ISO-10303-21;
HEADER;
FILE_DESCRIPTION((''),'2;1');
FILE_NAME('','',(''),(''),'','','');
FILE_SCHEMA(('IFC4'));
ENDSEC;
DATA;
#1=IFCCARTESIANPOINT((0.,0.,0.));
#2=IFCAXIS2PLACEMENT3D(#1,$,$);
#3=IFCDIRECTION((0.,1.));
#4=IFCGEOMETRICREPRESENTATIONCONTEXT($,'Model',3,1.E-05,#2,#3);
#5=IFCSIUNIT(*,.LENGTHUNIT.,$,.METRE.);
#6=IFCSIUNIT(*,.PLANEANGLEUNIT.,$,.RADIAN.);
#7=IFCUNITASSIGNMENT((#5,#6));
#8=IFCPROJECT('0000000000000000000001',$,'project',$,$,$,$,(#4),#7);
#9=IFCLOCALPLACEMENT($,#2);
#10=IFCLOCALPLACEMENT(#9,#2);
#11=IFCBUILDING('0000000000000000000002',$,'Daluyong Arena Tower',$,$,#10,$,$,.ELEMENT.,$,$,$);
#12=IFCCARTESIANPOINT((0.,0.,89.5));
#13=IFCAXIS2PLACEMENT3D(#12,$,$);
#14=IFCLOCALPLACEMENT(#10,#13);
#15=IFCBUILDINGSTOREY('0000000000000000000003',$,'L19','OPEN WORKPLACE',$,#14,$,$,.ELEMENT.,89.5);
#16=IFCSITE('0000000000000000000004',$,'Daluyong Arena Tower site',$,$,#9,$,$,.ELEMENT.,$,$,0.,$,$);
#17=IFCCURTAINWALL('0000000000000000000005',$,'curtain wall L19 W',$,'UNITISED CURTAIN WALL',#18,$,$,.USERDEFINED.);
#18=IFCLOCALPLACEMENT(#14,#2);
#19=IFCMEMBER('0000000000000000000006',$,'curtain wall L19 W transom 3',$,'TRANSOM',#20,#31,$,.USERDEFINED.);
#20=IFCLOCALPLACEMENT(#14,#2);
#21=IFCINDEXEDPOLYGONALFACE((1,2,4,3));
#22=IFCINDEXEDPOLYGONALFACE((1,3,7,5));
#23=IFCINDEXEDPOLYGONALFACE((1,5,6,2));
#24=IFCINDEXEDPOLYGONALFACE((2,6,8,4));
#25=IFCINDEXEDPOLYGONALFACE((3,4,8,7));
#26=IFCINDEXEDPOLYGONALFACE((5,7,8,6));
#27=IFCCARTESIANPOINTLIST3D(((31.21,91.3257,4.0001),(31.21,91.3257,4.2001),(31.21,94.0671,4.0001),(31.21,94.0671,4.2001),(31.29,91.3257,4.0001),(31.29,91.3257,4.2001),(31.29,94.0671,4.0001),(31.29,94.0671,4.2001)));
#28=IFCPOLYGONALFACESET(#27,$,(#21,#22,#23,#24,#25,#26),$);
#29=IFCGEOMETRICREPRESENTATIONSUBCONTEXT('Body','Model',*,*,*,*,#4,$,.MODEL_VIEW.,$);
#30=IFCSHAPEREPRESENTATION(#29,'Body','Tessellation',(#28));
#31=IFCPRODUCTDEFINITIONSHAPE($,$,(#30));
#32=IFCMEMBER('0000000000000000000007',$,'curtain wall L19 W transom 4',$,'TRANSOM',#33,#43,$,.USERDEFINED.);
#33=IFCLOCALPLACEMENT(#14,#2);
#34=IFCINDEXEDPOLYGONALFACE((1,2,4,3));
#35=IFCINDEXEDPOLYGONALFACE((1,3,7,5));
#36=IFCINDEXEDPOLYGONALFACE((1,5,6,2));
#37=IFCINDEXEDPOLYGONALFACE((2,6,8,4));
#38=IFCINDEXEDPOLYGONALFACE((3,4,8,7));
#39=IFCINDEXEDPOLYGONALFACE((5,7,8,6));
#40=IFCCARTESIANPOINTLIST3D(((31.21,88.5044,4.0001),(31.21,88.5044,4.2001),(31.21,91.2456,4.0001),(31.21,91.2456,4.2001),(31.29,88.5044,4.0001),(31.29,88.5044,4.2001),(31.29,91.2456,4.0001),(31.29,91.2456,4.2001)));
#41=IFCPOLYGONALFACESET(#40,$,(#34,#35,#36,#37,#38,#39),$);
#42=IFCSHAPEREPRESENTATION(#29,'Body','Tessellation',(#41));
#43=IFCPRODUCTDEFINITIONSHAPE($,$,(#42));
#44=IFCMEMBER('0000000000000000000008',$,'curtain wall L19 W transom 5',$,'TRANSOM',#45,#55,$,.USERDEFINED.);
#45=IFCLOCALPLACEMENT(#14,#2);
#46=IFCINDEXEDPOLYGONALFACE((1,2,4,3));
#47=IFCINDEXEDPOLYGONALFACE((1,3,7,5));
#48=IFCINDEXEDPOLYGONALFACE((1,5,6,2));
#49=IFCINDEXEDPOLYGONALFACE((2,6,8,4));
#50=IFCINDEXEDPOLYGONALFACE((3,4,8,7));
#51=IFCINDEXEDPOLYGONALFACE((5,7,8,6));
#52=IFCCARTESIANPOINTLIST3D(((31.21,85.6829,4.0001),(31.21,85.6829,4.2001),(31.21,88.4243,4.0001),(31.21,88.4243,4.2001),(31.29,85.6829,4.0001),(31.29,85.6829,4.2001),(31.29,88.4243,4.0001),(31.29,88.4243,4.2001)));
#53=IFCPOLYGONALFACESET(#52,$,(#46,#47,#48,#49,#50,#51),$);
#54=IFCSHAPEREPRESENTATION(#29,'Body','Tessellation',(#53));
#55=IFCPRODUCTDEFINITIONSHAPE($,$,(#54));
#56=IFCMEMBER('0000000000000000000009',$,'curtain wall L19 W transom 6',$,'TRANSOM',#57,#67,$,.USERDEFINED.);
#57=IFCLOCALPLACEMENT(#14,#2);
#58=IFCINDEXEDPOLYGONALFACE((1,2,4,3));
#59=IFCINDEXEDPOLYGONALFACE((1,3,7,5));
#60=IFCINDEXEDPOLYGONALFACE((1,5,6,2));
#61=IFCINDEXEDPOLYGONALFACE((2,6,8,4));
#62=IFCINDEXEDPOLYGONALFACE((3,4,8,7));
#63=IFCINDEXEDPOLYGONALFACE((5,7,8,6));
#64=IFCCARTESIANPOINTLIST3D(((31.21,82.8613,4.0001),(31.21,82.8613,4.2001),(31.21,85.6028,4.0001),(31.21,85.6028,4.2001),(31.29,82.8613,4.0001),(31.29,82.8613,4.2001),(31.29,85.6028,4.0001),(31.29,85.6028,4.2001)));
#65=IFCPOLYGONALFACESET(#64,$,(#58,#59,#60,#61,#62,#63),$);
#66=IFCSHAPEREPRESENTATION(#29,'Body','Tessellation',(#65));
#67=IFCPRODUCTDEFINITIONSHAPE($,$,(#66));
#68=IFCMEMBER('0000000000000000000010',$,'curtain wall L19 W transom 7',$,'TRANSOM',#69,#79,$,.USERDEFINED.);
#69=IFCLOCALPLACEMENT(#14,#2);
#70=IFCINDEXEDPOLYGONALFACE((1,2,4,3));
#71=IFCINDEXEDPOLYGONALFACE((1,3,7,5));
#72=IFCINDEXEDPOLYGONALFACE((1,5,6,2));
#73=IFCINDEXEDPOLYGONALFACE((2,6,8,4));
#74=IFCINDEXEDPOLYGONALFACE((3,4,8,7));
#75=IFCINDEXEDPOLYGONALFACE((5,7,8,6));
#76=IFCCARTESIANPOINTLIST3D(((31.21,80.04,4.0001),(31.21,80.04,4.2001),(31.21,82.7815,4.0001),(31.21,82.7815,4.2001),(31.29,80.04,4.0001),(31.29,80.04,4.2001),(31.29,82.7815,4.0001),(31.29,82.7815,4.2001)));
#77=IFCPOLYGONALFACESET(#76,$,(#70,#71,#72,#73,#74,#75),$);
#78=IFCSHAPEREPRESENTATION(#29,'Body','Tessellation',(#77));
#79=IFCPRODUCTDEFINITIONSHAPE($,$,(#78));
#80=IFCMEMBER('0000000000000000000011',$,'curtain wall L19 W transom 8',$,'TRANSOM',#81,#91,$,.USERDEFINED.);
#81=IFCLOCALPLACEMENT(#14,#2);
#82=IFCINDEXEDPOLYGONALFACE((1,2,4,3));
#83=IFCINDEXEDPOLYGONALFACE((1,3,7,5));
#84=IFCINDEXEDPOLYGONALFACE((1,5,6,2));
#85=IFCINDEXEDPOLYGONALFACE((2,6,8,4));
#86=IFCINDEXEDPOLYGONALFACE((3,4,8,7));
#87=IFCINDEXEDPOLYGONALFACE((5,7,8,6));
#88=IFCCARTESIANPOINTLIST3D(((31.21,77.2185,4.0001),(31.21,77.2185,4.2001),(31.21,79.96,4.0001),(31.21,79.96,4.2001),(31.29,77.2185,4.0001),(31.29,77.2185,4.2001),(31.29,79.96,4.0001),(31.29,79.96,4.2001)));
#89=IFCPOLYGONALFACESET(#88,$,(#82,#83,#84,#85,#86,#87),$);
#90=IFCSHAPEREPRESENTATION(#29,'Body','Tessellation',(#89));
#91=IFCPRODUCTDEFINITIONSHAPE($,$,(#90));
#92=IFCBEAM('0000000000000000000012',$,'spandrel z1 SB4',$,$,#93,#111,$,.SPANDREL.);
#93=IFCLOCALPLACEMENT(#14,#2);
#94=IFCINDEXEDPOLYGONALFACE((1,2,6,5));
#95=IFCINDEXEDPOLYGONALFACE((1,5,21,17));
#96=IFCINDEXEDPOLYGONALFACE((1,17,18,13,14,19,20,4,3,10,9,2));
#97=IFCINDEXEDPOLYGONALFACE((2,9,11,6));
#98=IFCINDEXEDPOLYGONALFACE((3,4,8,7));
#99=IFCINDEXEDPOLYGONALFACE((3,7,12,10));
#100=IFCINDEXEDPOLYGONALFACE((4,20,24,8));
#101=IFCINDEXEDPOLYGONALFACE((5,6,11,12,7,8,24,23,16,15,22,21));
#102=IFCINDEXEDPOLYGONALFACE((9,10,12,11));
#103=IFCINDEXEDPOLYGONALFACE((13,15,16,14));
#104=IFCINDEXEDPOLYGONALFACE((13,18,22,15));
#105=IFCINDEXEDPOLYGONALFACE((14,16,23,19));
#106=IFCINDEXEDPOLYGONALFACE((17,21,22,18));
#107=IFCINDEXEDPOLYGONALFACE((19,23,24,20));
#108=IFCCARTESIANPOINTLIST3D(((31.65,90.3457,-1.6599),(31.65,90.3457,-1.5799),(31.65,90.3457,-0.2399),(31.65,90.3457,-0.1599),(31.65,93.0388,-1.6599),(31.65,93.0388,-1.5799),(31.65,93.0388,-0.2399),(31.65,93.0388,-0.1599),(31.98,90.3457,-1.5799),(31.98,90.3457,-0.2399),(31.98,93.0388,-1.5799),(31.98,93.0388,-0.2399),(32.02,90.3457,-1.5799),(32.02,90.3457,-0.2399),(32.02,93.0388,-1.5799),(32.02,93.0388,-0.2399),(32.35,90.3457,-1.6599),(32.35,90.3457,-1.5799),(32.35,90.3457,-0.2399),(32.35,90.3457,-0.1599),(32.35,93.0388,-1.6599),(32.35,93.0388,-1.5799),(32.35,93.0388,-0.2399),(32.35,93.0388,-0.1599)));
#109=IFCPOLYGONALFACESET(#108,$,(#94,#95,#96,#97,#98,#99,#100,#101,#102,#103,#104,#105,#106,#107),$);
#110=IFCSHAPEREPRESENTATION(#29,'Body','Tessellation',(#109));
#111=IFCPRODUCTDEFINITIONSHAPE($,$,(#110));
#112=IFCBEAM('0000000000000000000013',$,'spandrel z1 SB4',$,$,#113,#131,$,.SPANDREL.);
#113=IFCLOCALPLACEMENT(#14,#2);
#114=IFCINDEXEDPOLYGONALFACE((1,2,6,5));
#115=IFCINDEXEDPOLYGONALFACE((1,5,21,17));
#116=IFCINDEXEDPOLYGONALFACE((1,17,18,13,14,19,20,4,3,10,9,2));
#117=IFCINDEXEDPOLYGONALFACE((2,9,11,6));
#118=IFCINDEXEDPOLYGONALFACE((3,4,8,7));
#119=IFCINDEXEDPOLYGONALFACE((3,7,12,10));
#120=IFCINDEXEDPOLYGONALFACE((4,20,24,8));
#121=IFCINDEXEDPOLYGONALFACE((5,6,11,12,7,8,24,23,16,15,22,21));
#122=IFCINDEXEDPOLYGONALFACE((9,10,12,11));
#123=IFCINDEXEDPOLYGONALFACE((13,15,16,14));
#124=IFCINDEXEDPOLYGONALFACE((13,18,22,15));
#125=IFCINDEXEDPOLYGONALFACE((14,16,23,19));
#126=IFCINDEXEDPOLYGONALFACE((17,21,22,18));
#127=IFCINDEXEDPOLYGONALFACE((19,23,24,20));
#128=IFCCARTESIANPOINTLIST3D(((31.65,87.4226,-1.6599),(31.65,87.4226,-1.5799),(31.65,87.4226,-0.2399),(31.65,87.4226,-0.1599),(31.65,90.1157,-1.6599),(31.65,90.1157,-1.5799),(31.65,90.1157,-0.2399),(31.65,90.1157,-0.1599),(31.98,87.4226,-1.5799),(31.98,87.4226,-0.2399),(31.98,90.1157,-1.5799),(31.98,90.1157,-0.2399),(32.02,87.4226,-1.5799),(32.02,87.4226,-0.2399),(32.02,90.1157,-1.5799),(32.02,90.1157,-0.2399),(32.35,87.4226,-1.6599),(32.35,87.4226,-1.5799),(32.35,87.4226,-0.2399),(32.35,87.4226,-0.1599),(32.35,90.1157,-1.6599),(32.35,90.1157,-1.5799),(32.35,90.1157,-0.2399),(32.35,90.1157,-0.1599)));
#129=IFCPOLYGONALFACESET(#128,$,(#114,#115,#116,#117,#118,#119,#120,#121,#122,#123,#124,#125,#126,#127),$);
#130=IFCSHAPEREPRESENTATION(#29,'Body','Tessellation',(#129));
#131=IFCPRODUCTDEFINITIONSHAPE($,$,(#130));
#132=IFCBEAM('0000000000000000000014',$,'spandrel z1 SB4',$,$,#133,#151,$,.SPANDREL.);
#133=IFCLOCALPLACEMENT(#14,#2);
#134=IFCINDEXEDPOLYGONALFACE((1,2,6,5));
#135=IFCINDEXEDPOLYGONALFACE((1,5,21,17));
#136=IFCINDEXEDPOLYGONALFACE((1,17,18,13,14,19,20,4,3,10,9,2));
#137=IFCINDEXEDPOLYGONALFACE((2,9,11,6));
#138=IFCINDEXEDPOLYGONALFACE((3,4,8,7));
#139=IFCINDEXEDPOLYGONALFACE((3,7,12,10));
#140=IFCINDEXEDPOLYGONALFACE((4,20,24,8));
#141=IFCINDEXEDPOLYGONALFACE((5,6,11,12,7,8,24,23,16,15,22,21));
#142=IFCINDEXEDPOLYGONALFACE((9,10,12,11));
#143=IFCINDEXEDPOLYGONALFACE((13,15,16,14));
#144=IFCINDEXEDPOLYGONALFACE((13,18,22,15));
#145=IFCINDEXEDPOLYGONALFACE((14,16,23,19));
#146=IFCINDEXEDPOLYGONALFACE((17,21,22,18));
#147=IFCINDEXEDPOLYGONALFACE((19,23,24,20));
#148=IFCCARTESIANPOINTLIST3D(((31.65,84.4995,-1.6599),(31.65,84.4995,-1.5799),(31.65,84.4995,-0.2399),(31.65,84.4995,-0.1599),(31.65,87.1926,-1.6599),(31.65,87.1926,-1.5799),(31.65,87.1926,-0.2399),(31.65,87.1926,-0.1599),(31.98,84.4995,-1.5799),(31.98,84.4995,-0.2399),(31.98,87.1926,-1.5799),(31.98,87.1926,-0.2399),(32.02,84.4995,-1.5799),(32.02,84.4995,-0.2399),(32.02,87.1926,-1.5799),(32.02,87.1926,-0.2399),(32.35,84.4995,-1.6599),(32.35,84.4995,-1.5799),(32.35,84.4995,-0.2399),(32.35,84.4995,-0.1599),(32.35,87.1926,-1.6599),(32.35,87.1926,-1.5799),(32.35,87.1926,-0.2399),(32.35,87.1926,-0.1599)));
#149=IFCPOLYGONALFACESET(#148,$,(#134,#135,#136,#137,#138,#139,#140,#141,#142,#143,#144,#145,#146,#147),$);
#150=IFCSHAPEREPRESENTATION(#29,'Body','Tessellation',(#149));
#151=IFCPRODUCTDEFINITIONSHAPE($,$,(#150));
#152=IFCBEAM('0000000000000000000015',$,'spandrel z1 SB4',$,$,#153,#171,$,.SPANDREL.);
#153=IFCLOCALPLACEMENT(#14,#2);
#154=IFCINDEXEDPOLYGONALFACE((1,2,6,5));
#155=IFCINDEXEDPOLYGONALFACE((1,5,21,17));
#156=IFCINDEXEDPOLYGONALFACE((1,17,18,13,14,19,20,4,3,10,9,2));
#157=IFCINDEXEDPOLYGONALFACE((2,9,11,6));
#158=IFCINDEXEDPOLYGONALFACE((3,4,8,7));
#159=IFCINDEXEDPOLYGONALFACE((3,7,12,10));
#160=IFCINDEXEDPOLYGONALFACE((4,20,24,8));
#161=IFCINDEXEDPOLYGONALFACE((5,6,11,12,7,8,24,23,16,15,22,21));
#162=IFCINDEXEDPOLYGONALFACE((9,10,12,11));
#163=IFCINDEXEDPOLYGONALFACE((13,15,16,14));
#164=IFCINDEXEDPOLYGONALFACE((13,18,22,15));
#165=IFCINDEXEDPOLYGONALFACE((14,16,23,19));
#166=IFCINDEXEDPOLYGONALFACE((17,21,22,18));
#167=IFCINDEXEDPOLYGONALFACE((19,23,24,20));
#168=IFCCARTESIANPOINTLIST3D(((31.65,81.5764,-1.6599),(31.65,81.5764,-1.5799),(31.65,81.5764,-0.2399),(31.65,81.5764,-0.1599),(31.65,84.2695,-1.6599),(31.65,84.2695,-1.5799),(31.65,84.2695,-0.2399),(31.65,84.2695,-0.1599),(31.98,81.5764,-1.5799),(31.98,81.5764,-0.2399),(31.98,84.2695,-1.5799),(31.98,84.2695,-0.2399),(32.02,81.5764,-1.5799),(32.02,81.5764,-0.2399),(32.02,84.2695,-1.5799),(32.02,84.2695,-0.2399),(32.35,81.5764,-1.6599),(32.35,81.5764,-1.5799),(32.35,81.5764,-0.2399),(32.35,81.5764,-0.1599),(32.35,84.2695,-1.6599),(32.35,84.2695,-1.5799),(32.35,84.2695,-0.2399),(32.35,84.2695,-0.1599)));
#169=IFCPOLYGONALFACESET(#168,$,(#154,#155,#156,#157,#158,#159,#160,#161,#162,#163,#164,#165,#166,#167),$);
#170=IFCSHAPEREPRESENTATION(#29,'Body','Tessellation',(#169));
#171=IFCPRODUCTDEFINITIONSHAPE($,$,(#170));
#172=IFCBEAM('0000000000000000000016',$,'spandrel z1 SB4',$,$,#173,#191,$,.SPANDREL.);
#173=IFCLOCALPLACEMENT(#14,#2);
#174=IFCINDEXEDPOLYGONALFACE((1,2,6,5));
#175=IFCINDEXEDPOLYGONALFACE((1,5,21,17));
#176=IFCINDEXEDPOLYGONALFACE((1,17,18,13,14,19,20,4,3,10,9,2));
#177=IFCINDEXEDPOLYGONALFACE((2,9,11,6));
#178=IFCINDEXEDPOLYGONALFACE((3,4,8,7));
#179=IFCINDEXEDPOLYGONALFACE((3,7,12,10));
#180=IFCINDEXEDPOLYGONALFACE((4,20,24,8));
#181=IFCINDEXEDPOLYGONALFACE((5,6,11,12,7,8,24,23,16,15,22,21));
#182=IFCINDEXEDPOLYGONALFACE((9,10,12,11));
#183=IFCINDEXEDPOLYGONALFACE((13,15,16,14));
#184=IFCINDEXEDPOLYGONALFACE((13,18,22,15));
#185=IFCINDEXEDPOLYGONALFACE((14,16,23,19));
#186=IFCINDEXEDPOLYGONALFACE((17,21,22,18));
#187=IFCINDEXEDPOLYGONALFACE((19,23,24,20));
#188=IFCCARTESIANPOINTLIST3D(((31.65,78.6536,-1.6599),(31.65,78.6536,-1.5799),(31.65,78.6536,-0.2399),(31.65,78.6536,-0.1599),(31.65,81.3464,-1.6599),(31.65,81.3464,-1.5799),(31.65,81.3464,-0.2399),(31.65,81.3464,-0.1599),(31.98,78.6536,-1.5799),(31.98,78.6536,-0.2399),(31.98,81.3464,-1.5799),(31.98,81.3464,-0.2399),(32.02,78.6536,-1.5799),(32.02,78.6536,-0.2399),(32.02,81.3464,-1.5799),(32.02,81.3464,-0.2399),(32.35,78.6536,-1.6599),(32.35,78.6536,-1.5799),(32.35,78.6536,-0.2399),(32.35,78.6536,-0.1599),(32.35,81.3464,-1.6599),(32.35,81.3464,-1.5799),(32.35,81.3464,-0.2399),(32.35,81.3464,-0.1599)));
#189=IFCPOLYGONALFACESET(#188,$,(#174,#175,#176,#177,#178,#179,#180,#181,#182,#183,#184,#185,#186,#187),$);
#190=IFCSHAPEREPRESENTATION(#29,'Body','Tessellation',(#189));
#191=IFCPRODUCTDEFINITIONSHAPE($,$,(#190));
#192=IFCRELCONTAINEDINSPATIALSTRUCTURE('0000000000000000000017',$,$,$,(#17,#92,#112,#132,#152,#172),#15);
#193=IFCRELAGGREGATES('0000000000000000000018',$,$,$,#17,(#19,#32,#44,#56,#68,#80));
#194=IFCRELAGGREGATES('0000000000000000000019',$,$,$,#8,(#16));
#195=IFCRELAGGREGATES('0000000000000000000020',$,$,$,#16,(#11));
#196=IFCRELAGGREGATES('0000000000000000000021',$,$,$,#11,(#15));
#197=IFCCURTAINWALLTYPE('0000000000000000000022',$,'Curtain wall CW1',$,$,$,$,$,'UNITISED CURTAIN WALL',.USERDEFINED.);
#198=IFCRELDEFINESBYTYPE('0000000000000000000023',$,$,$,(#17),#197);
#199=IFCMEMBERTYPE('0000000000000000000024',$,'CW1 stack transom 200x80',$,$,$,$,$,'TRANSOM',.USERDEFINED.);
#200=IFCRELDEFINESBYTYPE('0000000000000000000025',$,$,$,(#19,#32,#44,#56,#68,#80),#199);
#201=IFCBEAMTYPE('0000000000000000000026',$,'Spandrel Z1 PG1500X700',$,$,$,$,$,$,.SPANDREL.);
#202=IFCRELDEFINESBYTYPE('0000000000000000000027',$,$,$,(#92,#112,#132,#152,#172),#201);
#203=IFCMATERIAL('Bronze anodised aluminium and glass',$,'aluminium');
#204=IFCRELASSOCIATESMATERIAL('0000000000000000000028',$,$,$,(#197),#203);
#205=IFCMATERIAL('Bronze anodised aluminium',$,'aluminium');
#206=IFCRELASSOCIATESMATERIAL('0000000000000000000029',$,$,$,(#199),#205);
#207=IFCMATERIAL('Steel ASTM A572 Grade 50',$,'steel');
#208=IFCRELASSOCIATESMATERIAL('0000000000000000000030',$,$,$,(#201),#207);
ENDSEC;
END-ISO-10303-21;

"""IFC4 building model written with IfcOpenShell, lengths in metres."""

from ifc_helpers import new_model, si_unit, direction, frame, origin, origin_2d, place, context, subcontext, project, spatial, rectangle, i_section, extrude, material, material_profile, profile_set, type_object, element, aggregate, save


model = new_model("IFC4")

# Units and contexts
model_context = context("Model", 3, precision=1e-05, world=origin(), true_north=direction((0.0, 1.0)))
body_context = subcontext(model_context, "Body", "Model", "MODEL_VIEW")
ifc_project = project(units=[si_unit("LENGTHUNIT", "METRE"), si_unit("PLANEANGLEUNIT", "RADIAN")], contexts=[model_context])

# Site, building, storey
site_placement = place(None, origin())
site = spatial("IfcSite", under=ifc_project, at=site_placement, Name="Daluyong Arena Tower site", CompositionType="ELEMENT", RefElevation=0.0)
building_placement = place(site_placement, origin())
building = spatial("IfcBuilding", under=site, at=building_placement, Name="Daluyong Arena Tower", CompositionType="ELEMENT")
storey_placement = place(building_placement, frame((0.0, 0.0, 89.5)))
storey = spatial("IfcBuildingStorey", under=building, at=storey_placement, Name="L19", Description="OPEN WORKPLACE", CompositionType="ELEMENT", Elevation=89.5)

# Curtain wall, members
ifc_material_1 = material(Name="Bronze anodised aluminium and glass", Category="aluminium")
curtain_wall_type = type_object("IfcCurtainWallType", Name="Curtain wall CW1", ElementType="UNITISED CURTAIN WALL", PredefinedType="USERDEFINED", material=ifc_material_1)
curtain_wall_placement = place(storey_placement, origin())
curtain_wall = element("IfcCurtainWall", 1, at=curtain_wall_placement, inside=storey, type_object=curtain_wall_type, Name="curtain wall L19 W", ObjectType="UNITISED CURTAIN WALL", PredefinedType="USERDEFINED")
ifc_material_2 = material(Name="Bronze anodised aluminium", Category="aluminium")
ifc_material_profile_1 = material_profile(ifc_material_2, rectangle(XDim=0.0801, YDim=0.2, at=origin_2d()))
ifc_profile_set_1 = profile_set([ifc_material_profile_1], Name="Bronze anodised aluminium")
member_type_1 = type_object("IfcMemberType", Name="CW1 stack transom 200x80", ElementType="TRANSOM", PredefinedType="USERDEFINED", material=ifc_profile_set_1)
member_1_placement = place(storey_placement, frame((31.25, 94.0671, 4.1001), z_axis=(0.0, -1.0, 0.0), x_axis=(1.0, 0.0, 0.0)))
member_1 = element("IfcMember", 2, at=member_1_placement, type_object=member_type_1, Name="curtain wall L19 W transom 3", ObjectType="TRANSOM", PredefinedType="USERDEFINED", context=body_context, shape_type="SweptSolid", body=[
    extrude(rectangle(XDim=0.0801, YDim=0.2, at=origin_2d()), origin(), (0.0, 0.0, 1.0), 2.7415),
])
member_2_placement = place(storey_placement, frame((31.25, 91.2456, 4.1001), z_axis=(0.0, -1.0, 0.0), x_axis=(1.0, 0.0, 0.0)))
member_2 = element("IfcMember", 3, at=member_2_placement, type_object=member_type_1, Name="curtain wall L19 W transom 4", ObjectType="TRANSOM", PredefinedType="USERDEFINED", context=body_context, shape_type="SweptSolid", body=[
    extrude(rectangle(XDim=0.0801, YDim=0.2, at=origin_2d()), origin(), (0.0, 0.0, 1.0), 2.7412),
])
member_3_placement = place(storey_placement, frame((31.25, 88.4243, 4.1001), z_axis=(0.0, -1.0, 0.0), x_axis=(1.0, 0.0, 0.0)))
member_3 = element("IfcMember", 4, at=member_3_placement, type_object=member_type_1, Name="curtain wall L19 W transom 5", ObjectType="TRANSOM", PredefinedType="USERDEFINED", context=body_context, shape_type="SweptSolid", body=[
    extrude(rectangle(XDim=0.0801, YDim=0.2, at=origin_2d()), origin(), (0.0, 0.0, 1.0), 2.7415),
])
member_4_placement = place(storey_placement, frame((31.25, 85.6028, 4.1001), z_axis=(0.0, -1.0, 0.0), x_axis=(1.0, 0.0, 0.0)))
member_4 = element("IfcMember", 5, at=member_4_placement, type_object=member_type_1, Name="curtain wall L19 W transom 6", ObjectType="TRANSOM", PredefinedType="USERDEFINED", context=body_context, shape_type="SweptSolid", body=[
    extrude(rectangle(XDim=0.0801, YDim=0.2, at=origin_2d()), origin(), (0.0, 0.0, 1.0), 2.7415),
])
member_5_placement = place(storey_placement, frame((31.25, 82.7815, 4.1001), z_axis=(0.0, -1.0, 0.0), x_axis=(1.0, 0.0, 0.0)))
member_5 = element("IfcMember", 6, at=member_5_placement, type_object=member_type_1, Name="curtain wall L19 W transom 7", ObjectType="TRANSOM", PredefinedType="USERDEFINED", context=body_context, shape_type="SweptSolid", body=[
    extrude(rectangle(XDim=0.0801, YDim=0.2, at=origin_2d()), origin(), (0.0, 0.0, 1.0), 2.7415),
])
member_6_placement = place(storey_placement, frame((31.25, 79.96, 4.1001), z_axis=(0.0, -1.0, 0.0), x_axis=(1.0, 0.0, 0.0)))
member_6 = element("IfcMember", 7, at=member_6_placement, type_object=member_type_1, Name="curtain wall L19 W transom 8", ObjectType="TRANSOM", PredefinedType="USERDEFINED", context=body_context, shape_type="SweptSolid", body=[
    extrude(rectangle(XDim=0.0801, YDim=0.2, at=origin_2d()), origin(), (0.0, 0.0, 1.0), 2.7415),
])

# Beams
ifc_material_3 = material(Name="Steel ASTM A572 Grade 50", Category="steel")
ifc_material_profile_2 = material_profile(ifc_material_3, i_section(OverallWidth=0.7, OverallDepth=1.5, WebThickness=0.04, FlangeThickness=0.08, at=origin_2d()))
ifc_profile_set_2 = profile_set([ifc_material_profile_2], Name="Steel ASTM A572 Grade 50")
beam_type = type_object("IfcBeamType", Name="Spandrel Z1 PG1500X700", PredefinedType="SPANDREL", material=ifc_profile_set_2)
for number, where, z_axis, x_axis, name in (
    (8, (32.0, 93.0388, -0.9099), (0.0, -1.0, 0.0), (1.0, 0.0, 0.0), "spandrel z1 SB4"),
    (9, (32.0, 90.1157, -0.9099), (0.0, -1.0, 0.0), (1.0, 0.0, 0.0), "spandrel z1 SB4"),
    (10, (32.0, 87.1926, -0.9099), (0.0, -1.0, 0.0), (1.0, 0.0, 0.0), "spandrel z1 SB4"),
    (11, (32.0, 84.2695, -0.9099), (0.0, -1.0, 0.0), (1.0, 0.0, 0.0), "spandrel z1 SB4"),
):
    element("IfcBeam", number, at=place(storey_placement, frame(where, z_axis=z_axis, x_axis=x_axis)), inside=storey, type_object=beam_type, Name=name, PredefinedType="SPANDREL", context=body_context, shape_type="SweptSolid", body=[
        extrude(i_section(OverallWidth=0.7, OverallDepth=1.5, WebThickness=0.04, FlangeThickness=0.08, at=origin_2d()), origin(), (0.0, 0.0, 1.0), 2.6931),
    ])
beam_1_placement = place(storey_placement, frame((32.0, 81.3464, -0.9099), z_axis=(0.0, -1.0, 0.0), x_axis=(1.0, 0.0, 0.0)))
element("IfcBeam", 12, at=beam_1_placement, inside=storey, type_object=beam_type, Name="spandrel z1 SB4", PredefinedType="SPANDREL", context=body_context, shape_type="SweptSolid", body=[
    extrude(i_section(OverallWidth=0.7, OverallDepth=1.5, WebThickness=0.04, FlangeThickness=0.08, at=origin_2d()), origin(), (0.0, 0.0, 1.0), 2.6929),
])

aggregate(curtain_wall, [member_1, member_2, member_3, member_4, member_5, member_6])

save(model, "model.ifc")
